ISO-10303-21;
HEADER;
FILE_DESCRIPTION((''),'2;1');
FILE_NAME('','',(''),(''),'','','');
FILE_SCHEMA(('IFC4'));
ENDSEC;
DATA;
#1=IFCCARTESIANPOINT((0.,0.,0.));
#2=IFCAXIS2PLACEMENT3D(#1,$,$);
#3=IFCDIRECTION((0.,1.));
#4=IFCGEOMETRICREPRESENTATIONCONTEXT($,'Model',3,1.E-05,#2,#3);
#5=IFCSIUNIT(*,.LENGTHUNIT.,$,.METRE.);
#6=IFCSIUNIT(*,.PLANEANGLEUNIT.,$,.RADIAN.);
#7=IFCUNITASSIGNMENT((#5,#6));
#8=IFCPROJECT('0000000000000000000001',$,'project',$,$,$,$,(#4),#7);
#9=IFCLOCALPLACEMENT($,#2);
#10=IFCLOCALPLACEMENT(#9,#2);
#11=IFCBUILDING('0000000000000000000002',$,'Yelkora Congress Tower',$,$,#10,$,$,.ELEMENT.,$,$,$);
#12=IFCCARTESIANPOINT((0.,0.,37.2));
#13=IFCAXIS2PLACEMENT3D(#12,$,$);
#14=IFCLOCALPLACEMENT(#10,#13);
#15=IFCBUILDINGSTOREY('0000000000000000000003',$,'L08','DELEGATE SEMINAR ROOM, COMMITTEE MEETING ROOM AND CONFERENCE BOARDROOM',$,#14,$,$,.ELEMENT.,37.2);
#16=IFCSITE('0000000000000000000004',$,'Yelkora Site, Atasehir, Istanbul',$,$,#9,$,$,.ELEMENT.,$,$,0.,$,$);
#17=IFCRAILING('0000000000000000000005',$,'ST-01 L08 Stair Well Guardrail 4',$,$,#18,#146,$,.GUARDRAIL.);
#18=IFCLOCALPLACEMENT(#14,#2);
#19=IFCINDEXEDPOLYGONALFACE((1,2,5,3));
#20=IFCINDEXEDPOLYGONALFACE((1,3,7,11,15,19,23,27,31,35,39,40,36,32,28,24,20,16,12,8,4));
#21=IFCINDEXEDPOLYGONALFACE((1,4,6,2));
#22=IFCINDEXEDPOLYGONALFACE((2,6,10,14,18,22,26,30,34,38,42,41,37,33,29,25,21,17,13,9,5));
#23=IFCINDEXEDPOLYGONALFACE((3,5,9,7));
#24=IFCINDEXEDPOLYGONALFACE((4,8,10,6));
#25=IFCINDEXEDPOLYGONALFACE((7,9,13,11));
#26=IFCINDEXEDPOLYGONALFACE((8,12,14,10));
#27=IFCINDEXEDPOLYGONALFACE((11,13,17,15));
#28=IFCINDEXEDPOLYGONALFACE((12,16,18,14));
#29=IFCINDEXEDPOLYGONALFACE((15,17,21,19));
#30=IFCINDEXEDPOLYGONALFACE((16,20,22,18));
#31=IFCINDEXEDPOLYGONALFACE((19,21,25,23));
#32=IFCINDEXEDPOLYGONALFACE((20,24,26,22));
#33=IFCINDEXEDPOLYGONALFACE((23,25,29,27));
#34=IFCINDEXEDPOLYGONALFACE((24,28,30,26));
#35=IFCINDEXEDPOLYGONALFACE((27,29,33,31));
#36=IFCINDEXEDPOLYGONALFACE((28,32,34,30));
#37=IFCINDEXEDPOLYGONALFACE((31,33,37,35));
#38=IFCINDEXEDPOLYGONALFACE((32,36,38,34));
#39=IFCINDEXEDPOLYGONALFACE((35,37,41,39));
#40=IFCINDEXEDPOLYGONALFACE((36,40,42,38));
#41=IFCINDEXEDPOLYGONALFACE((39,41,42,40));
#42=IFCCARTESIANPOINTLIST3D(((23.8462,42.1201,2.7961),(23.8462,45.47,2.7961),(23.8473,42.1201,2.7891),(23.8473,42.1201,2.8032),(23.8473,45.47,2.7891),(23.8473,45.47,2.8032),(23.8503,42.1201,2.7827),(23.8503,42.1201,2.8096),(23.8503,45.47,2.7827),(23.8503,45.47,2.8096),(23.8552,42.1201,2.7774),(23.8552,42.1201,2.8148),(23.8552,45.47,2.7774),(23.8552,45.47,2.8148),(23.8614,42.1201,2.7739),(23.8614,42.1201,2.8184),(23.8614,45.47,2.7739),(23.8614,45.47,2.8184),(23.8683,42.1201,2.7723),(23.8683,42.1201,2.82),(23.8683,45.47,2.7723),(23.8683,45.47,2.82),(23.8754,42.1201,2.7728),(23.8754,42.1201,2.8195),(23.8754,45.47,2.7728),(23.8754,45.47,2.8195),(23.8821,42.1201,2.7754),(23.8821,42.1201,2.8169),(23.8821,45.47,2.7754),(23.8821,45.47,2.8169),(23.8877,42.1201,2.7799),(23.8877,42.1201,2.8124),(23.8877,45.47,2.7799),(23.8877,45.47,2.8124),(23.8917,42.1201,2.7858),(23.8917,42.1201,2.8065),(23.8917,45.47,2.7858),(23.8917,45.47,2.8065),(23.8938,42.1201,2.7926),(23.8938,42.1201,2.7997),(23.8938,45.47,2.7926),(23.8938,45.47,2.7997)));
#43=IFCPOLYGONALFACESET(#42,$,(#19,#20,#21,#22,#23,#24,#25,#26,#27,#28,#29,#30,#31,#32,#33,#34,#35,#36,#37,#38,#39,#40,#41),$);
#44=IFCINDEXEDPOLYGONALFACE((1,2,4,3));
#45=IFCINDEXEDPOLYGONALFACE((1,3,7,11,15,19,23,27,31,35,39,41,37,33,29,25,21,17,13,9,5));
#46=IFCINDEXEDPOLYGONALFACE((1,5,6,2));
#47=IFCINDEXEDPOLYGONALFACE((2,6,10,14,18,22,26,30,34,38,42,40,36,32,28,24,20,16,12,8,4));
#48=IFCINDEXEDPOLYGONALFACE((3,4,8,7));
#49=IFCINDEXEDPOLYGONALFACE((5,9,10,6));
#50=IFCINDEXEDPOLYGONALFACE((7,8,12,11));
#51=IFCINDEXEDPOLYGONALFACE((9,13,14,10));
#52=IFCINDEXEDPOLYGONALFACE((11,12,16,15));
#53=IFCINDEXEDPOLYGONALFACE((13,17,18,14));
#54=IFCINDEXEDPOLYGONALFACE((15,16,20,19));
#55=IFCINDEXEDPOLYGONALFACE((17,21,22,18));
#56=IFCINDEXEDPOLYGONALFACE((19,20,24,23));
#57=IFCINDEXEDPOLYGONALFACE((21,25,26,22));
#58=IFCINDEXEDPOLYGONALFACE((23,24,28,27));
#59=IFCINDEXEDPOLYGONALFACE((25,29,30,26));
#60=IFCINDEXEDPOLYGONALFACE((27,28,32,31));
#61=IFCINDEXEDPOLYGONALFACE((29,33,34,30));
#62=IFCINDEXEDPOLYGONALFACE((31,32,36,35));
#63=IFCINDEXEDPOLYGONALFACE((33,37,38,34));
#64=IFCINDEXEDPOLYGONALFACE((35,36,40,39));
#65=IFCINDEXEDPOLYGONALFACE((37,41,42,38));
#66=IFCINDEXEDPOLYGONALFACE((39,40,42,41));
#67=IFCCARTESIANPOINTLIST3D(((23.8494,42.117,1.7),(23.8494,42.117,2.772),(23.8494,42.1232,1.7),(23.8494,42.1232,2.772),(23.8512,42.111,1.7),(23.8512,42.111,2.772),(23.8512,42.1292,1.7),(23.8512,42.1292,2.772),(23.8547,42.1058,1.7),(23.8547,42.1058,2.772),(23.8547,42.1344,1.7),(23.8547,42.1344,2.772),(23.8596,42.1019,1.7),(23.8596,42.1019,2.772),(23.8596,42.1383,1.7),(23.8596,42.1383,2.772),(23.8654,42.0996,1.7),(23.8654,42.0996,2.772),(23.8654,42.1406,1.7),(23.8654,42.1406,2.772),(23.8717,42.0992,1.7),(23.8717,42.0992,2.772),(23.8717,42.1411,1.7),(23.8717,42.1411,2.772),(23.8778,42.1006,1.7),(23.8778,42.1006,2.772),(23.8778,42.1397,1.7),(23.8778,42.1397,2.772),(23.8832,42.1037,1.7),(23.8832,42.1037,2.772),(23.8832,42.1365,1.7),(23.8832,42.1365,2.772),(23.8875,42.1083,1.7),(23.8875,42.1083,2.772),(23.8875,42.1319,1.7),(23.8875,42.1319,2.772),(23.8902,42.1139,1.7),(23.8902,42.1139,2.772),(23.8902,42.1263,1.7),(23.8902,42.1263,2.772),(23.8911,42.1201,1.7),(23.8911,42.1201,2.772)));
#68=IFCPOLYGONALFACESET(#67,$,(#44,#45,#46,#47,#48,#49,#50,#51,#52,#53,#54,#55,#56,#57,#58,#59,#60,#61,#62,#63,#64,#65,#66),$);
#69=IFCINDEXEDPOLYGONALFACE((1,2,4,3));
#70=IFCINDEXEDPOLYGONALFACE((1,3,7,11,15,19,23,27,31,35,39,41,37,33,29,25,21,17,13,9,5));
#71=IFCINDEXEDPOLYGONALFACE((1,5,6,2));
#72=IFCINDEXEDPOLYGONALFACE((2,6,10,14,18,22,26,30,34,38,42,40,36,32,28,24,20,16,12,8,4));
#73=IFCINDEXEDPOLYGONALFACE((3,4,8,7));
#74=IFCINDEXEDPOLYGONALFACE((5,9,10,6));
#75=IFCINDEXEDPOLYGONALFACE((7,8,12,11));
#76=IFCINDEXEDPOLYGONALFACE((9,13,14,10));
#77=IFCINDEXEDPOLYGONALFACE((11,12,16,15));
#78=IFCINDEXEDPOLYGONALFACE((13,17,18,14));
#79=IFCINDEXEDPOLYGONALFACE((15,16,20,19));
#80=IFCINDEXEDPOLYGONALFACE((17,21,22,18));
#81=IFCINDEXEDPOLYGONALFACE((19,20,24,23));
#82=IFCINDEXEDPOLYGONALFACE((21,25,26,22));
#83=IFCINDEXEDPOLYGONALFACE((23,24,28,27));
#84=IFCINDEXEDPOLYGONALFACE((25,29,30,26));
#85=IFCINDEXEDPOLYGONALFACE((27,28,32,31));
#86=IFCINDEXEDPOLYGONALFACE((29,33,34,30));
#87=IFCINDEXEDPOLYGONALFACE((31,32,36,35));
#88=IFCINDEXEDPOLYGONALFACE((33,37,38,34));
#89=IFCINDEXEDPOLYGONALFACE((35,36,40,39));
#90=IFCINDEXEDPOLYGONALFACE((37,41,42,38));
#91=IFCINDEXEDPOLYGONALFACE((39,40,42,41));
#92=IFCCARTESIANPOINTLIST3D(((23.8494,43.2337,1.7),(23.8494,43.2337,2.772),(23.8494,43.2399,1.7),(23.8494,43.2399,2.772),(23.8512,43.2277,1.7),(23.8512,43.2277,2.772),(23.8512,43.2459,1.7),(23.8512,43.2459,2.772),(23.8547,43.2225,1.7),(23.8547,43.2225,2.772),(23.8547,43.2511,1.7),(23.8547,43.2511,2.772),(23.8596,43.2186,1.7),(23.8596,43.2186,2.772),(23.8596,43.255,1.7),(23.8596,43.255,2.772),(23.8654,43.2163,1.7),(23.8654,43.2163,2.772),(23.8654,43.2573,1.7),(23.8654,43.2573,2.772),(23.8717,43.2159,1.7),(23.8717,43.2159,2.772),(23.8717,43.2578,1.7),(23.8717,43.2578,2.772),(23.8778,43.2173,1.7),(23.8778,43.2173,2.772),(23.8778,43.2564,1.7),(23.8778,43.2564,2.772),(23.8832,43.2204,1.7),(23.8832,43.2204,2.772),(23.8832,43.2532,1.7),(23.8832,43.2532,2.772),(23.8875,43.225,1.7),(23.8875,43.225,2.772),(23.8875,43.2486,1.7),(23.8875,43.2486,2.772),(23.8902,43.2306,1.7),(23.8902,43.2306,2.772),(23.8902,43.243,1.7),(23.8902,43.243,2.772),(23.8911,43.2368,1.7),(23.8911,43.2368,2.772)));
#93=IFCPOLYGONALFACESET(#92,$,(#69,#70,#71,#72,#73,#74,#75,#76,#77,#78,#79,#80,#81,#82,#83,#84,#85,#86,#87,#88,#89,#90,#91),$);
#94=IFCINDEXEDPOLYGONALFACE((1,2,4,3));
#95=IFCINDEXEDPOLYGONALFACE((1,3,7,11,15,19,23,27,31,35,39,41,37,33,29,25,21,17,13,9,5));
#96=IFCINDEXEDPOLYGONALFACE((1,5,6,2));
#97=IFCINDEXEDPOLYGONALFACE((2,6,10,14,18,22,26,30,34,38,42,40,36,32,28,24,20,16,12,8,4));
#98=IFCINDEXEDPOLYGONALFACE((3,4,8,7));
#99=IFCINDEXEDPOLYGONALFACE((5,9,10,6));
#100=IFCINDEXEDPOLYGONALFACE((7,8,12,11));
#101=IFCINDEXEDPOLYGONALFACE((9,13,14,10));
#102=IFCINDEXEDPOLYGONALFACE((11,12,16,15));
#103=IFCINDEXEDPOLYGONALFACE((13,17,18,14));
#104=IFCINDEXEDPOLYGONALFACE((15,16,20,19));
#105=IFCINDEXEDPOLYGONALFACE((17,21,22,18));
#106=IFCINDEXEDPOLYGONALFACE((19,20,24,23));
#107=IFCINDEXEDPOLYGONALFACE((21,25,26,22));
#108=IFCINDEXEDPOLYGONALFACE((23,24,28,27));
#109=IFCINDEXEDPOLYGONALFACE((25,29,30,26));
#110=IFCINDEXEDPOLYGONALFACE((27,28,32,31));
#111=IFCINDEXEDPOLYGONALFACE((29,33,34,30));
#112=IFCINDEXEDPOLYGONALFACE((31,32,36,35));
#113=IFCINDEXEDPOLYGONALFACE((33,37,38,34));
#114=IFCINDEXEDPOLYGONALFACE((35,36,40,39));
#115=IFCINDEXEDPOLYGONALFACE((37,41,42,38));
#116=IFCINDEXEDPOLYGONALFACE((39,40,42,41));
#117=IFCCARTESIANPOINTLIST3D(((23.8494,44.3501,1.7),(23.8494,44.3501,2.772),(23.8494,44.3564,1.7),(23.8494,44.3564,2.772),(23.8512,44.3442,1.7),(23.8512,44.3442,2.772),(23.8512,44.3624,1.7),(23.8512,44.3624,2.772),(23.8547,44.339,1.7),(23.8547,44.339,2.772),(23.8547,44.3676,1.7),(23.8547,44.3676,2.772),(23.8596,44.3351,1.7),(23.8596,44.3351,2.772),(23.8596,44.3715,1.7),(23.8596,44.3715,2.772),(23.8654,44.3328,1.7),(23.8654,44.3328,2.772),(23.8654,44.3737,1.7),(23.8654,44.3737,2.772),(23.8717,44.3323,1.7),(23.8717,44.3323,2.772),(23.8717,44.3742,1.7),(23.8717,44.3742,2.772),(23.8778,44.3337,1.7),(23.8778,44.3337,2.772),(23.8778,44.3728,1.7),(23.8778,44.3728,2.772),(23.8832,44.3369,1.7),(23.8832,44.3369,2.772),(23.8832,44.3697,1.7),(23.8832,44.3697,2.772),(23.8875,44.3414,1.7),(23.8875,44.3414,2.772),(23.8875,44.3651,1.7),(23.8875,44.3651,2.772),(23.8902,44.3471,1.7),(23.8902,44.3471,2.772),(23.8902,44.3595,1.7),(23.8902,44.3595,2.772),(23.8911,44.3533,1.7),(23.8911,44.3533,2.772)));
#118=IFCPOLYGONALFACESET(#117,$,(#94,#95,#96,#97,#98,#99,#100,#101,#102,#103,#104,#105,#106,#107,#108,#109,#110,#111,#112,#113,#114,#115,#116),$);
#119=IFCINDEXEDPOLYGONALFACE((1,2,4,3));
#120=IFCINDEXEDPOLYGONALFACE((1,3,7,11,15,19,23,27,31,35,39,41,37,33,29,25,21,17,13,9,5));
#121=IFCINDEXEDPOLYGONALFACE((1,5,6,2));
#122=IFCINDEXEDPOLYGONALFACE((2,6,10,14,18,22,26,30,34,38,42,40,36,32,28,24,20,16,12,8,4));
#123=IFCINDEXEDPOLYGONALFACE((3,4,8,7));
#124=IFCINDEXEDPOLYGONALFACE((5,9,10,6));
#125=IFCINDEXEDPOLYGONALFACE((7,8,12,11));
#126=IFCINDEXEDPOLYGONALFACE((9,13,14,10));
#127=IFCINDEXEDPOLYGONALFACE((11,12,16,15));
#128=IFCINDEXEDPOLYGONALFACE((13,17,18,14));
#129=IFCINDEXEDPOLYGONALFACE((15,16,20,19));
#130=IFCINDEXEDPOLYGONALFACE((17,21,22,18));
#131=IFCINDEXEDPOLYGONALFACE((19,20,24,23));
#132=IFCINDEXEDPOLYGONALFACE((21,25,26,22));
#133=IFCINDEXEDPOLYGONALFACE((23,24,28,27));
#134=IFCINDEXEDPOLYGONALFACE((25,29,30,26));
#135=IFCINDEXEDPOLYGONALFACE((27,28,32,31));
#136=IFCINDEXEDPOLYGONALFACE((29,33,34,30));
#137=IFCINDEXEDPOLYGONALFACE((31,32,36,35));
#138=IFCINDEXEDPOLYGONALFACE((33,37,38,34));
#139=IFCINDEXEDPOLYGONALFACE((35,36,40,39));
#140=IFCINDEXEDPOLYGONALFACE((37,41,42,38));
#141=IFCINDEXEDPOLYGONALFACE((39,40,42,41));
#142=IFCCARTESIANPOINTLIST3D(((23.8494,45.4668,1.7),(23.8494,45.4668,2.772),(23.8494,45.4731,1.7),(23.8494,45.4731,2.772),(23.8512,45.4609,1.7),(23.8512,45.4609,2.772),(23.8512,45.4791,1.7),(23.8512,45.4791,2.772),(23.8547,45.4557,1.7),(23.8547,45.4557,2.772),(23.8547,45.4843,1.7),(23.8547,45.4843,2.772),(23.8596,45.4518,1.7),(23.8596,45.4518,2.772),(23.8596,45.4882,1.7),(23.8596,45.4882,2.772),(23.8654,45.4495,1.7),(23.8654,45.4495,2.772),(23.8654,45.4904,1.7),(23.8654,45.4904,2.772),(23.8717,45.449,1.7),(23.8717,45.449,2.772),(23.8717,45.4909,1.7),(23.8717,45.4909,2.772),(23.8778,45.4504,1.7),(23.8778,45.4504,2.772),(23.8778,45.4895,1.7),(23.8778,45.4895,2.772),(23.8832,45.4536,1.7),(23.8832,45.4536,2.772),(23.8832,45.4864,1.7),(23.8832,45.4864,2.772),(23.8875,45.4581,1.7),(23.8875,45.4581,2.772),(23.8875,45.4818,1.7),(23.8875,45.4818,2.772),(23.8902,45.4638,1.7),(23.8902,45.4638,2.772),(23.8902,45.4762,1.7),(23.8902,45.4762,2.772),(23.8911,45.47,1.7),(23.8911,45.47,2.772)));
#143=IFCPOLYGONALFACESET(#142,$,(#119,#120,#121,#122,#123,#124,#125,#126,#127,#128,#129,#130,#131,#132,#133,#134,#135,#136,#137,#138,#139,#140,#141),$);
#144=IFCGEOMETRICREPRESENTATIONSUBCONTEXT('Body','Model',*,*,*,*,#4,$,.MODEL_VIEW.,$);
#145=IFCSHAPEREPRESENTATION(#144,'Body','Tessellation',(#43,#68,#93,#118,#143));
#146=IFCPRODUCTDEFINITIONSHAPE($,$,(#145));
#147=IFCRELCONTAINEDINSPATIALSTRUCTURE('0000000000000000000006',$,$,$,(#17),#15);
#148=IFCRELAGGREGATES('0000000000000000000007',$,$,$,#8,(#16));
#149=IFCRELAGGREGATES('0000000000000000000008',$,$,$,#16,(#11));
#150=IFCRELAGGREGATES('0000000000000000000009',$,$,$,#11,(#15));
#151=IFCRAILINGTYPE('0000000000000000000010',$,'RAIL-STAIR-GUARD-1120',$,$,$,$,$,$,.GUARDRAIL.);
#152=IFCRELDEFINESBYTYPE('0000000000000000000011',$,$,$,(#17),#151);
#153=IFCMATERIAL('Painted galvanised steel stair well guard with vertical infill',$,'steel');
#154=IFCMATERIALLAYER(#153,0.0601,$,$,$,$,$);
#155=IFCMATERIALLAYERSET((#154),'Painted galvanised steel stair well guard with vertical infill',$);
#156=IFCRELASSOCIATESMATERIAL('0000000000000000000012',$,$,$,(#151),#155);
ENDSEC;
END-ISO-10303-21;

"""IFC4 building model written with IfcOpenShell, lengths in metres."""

from ifc_helpers import new_model, si_unit, direction, frame, origin, origin_2d, place, context, subcontext, project, spatial, circle, extrude, material, layer, layer_set, type_object, element, save


model = new_model("IFC4")

# Units and contexts
model_context = context("Model", 3, precision=1e-05, world=origin(), true_north=direction((0.0, 1.0)))
body_context = subcontext(model_context, "Body", "Model", "MODEL_VIEW")
ifc_project = project(units=[si_unit("LENGTHUNIT", "METRE"), si_unit("PLANEANGLEUNIT", "RADIAN")], contexts=[model_context])

# Site, building, storey
site_placement = place(None, origin())
site = spatial("IfcSite", under=ifc_project, at=site_placement, Name="Yelkora Site, Atasehir, Istanbul", CompositionType="ELEMENT", RefElevation=0.0)
building_placement = place(site_placement, origin())
building = spatial("IfcBuilding", under=site, at=building_placement, Name="Yelkora Congress Tower", CompositionType="ELEMENT")
storey_placement = place(building_placement, frame((0.0, 0.0, 37.2)))
storey = spatial("IfcBuildingStorey", under=building, at=storey_placement, Name="L08", Description="DELEGATE SEMINAR ROOM, COMMITTEE MEETING ROOM AND CONFERENCE BOARDROOM", CompositionType="ELEMENT", Elevation=37.2)

# Railing
ifc_material_1 = material(Name="Painted galvanised steel stair well guard with vertical infill", Category="steel")
ifc_layer_1 = layer(ifc_material_1, 0.0601)
ifc_layer_set_1 = layer_set([ifc_layer_1], Name="Painted galvanised steel stair well guard with vertical infill")
railing_type_1 = type_object("IfcRailingType", Name="RAIL-STAIR-GUARD-1120", PredefinedType="GUARDRAIL", material=ifc_layer_set_1)
for number, where, name in (
    (1, (23.8701, 42.1201, 1.7), "ST-01 L08 Stair Well Guardrail 4"),
):
    element("IfcRailing", number, at=place(storey_placement, frame(where)), inside=storey, type_object=railing_type_1, Name=name, PredefinedType="GUARDRAIL", context=body_context, shape_type="SweptSolid", body=[
        extrude(circle(Radius=0.0239, at=origin_2d()), frame((0.0, 0.0, 1.0962), z_axis=(0.0, 1.0, 0.0), x_axis=(-1.0, 0.0, 0.0)), (0.0, 0.0, 1.0), 3.3499),
        extrude(circle(Radius=0.021, at=origin_2d()), origin(), (0.0, 0.0, 1.0), 1.072),
        extrude(circle(Radius=0.021, at=origin_2d()), frame((0.0, 1.1167, 0.0)), (0.0, 0.0, 1.0), 1.072),
        extrude(circle(Radius=0.021, at=origin_2d()), frame((0.0, 2.2332, 0.0)), (0.0, 0.0, 1.0), 1.072),
        extrude(circle(Radius=0.021, at=origin_2d()), frame((0.0, 3.3499, 0.0)), (0.0, 0.0, 1.0), 1.072),
    ])

save(model, "model.ifc")
